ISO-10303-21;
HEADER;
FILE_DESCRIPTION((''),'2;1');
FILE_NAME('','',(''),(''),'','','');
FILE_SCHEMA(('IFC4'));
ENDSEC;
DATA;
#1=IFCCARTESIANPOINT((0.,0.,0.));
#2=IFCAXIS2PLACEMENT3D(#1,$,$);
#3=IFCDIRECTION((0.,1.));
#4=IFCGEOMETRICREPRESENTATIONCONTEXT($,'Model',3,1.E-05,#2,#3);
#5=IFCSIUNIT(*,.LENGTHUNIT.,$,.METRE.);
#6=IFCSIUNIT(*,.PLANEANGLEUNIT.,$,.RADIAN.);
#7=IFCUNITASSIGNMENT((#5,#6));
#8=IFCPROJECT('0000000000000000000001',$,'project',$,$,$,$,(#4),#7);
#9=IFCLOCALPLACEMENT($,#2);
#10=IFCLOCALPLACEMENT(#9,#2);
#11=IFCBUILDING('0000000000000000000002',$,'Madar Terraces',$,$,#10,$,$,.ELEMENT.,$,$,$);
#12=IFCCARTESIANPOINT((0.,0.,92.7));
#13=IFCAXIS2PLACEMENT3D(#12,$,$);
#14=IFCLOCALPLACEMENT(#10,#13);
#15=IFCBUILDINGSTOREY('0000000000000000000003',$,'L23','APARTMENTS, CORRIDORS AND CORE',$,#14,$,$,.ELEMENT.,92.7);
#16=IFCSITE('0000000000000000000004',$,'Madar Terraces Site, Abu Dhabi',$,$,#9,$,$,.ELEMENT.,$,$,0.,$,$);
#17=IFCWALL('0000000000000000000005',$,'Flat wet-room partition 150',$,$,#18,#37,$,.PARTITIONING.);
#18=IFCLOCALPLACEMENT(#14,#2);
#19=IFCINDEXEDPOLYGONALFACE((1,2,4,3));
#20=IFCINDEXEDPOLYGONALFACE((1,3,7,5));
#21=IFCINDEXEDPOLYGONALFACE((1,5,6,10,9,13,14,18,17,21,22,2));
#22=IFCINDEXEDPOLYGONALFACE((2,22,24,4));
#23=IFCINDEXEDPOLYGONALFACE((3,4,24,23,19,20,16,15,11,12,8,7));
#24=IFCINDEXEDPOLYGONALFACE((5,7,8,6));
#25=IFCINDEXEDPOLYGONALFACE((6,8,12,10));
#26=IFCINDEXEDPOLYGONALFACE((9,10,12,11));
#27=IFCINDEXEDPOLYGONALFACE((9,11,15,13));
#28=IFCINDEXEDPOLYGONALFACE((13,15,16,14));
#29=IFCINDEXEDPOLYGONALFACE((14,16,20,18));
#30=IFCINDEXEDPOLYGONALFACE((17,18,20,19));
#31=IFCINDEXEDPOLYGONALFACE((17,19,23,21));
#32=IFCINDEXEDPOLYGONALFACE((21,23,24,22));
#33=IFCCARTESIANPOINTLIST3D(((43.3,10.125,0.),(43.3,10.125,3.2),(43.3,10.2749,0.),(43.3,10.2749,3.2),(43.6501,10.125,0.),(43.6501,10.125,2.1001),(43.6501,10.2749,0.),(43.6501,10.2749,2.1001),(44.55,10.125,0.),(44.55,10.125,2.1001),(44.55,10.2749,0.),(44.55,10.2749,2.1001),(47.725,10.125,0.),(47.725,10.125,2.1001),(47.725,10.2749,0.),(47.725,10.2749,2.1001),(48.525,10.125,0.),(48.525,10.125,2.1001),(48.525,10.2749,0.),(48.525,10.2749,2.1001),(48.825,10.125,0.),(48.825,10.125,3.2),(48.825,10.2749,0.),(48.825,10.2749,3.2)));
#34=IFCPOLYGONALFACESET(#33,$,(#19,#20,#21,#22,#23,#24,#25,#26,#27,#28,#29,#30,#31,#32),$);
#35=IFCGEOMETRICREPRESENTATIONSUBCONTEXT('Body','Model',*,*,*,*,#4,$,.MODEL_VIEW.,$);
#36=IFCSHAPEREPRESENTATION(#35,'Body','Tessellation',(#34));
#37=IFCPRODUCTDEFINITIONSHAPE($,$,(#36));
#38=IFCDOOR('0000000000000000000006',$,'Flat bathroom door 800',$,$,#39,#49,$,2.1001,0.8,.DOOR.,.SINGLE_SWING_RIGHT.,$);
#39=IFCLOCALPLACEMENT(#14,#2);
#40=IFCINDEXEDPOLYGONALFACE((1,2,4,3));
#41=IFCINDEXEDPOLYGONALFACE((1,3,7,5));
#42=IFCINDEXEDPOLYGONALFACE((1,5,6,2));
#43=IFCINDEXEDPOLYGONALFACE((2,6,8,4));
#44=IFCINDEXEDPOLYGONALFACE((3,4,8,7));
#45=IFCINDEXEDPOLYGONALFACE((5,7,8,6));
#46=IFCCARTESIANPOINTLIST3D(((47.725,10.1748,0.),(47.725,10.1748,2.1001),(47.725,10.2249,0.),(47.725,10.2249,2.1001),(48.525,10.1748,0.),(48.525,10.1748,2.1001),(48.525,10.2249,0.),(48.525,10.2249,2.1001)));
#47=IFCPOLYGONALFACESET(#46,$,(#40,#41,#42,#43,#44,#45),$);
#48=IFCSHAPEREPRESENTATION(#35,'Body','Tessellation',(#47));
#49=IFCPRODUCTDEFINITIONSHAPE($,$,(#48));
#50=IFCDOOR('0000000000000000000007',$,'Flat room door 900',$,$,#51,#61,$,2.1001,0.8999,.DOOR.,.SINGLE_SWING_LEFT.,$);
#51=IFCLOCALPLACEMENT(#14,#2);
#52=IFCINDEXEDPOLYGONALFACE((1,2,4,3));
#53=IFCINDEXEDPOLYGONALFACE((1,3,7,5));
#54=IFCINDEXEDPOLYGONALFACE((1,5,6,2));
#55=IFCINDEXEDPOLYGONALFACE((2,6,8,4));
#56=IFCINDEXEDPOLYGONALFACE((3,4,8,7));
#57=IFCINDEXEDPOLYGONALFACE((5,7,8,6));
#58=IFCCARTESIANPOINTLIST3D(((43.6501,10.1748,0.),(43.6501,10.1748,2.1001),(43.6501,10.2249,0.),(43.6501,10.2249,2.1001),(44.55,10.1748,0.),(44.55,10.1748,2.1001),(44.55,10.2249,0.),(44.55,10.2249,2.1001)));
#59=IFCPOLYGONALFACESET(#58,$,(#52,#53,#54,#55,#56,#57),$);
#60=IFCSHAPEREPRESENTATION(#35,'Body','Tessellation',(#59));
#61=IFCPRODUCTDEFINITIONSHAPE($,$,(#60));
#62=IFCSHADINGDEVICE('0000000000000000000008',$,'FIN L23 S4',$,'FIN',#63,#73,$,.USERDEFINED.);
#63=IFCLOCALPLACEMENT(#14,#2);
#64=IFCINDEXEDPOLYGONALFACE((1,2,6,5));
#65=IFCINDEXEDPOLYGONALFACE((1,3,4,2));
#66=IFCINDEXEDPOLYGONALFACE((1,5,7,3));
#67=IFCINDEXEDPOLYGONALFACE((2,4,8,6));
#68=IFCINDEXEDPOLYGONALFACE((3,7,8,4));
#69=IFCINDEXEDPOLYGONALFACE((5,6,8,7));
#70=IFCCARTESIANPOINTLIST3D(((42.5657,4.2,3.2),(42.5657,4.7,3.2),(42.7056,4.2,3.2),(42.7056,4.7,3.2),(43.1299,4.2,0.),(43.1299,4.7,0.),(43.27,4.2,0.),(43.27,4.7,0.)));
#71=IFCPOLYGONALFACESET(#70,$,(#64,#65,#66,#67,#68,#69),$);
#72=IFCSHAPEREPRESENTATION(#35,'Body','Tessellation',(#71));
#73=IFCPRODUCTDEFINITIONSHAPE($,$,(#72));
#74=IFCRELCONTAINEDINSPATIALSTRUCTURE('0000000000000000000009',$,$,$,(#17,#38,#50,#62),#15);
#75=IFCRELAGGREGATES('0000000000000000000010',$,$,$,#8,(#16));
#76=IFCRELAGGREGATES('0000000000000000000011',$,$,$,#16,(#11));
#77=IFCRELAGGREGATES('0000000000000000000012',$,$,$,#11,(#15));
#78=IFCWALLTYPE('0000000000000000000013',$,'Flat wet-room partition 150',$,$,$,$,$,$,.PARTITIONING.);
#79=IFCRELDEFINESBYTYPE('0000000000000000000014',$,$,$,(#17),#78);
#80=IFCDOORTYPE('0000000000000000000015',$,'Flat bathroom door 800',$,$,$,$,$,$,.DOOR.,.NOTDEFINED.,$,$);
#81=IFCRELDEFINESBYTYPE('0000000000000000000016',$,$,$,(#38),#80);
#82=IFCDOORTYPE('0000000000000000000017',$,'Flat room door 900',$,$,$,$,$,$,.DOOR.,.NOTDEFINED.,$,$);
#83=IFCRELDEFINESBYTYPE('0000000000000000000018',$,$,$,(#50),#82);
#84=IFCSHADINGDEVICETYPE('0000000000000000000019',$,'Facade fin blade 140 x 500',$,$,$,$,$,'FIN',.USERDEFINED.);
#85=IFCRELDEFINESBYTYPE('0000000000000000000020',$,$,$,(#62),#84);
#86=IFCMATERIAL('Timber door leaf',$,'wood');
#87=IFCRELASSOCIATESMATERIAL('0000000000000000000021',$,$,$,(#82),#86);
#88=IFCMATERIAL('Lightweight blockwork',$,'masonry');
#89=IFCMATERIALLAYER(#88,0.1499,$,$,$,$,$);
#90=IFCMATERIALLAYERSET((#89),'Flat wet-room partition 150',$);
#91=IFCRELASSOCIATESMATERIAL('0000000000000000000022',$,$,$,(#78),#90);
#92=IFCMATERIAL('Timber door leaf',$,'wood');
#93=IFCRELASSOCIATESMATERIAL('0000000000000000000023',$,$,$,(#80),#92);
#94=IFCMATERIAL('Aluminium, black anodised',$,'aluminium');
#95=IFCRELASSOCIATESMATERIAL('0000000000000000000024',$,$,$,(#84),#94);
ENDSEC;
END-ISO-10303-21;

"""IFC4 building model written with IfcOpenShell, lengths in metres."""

from ifc_helpers import new_model, si_unit, direction, frame, frame_2d, origin, place, context, subcontext, project, spatial, polyline, rectangle, outline, extrude, material, layer, layer_set, type_object, element, fill, save


model = new_model("IFC4")

# Units and contexts
model_context = context("Model", 3, precision=1e-05, world=origin(), true_north=direction((0.0, 1.0)))
body_context = subcontext(model_context, "Body", "Model", "MODEL_VIEW")
ifc_project = project(units=[si_unit("LENGTHUNIT", "METRE"), si_unit("PLANEANGLEUNIT", "RADIAN")], contexts=[model_context])

# Site, building, storey
site_placement = place(None, origin())
site = spatial("IfcSite", under=ifc_project, at=site_placement, Name="Madar Terraces Site, Abu Dhabi", CompositionType="ELEMENT", RefElevation=0.0)
building_placement = place(site_placement, origin())
building = spatial("IfcBuilding", under=site, at=building_placement, Name="Madar Terraces", CompositionType="ELEMENT")
storey_placement = place(building_placement, frame((0.0, 0.0, 92.7)))
storey = spatial("IfcBuildingStorey", under=building, at=storey_placement, Name="L23", Description="APARTMENTS, CORRIDORS AND CORE", CompositionType="ELEMENT", Elevation=92.7)

# Shared definitions
ifc_material_1 = material(Name="Timber door leaf", Category="wood")
door_type_1 = type_object("IfcDoorType", Name="Flat room door 900", OperationType="NOTDEFINED", PredefinedType="DOOR", material=ifc_material_1)

# Shared definitions
ifc_material_2 = material(Name="Lightweight blockwork", Category="masonry")
ifc_layer_1 = layer(ifc_material_2, 0.1499)
ifc_layer_set_1 = layer_set([ifc_layer_1], Name="Flat wet-room partition 150")
wall_type_1 = type_object("IfcWallType", Name="Flat wet-room partition 150", PredefinedType="PARTITIONING", material=ifc_layer_set_1)

# Wall, openings, doors
wall_1_placement = place(storey_placement, frame((43.3, 10.2, 0.0), z_axis=(0.0, 0.0, 1.0), x_axis=(1.0, 0.0, 0.0)))
wall_1 = element("IfcWall", 1, at=wall_1_placement, inside=storey, type_object=wall_type_1, Name="Flat wet-room partition 150", PredefinedType="PARTITIONING", context=body_context, shape_type="SweptSolid", body=[
    extrude(rectangle(XDim=5.5249, YDim=0.1499, at=frame_2d((2.7625, 0.0))), origin(), (0.0, 0.0, 1.0), 3.2),
])
opening_1_placement = place(wall_1_placement, frame((4.425, 0.0, 0.0)))
opening_1 = element("IfcOpeningElement", 2, at=opening_1_placement, cuts=wall_1, PredefinedType="OPENING", context=body_context, shape_type="SweptSolid", body=[
    extrude(rectangle(XDim=0.8, YDim=2.1001, at=frame_2d((0.3999, 1.05))), frame((0.0, 0.085, 0.0), z_axis=(0.0, -1.0, 0.0), x_axis=(1.0, 0.0, 0.0)), (0.0, 0.0, 1.0), 0.1699),
])
opening_2_placement = place(wall_1_placement, frame((0.3501, 0.0, 0.0)))
opening_2 = element("IfcOpeningElement", 3, at=opening_2_placement, cuts=wall_1, PredefinedType="OPENING", context=body_context, shape_type="SweptSolid", body=[
    extrude(rectangle(XDim=0.8999, YDim=2.1001, at=frame_2d((0.45, 1.05))), frame((0.0, 0.085, 0.0), z_axis=(0.0, -1.0, 0.0), x_axis=(1.0, 0.0, 0.0)), (0.0, 0.0, 1.0), 0.1699),
])
ifc_material_3 = material(Name="Timber door leaf", Category="wood")
door_type_2 = type_object("IfcDoorType", Name="Flat bathroom door 800", OperationType="NOTDEFINED", PredefinedType="DOOR", material=ifc_material_3)
door_1_placement = place(opening_1_placement, origin())
door_1 = element("IfcDoor", 4, at=door_1_placement, inside=storey, type_object=door_type_2, Name="Flat bathroom door 800", OperationType="SINGLE_SWING_RIGHT", OverallHeight=2.1001, OverallWidth=0.8, PredefinedType="DOOR", context=body_context, shape_type="SweptSolid", body=[
    extrude(rectangle(XDim=0.8, YDim=2.1001, at=frame_2d((0.3999, 1.05))), frame((0.0, 0.0249, 0.0), z_axis=(0.0, -1.0, 0.0), x_axis=(1.0, 0.0, 0.0)), (0.0, 0.0, 1.0), 0.05),
])
fill(opening_1, door_1)
door_2_placement = place(opening_2_placement, origin())
door_2 = element("IfcDoor", 5, at=door_2_placement, inside=storey, type_object=door_type_1, Name="Flat room door 900", OperationType="SINGLE_SWING_LEFT", OverallHeight=2.1001, OverallWidth=0.8999, PredefinedType="DOOR", context=body_context, shape_type="SweptSolid", body=[
    extrude(rectangle(XDim=0.8999, YDim=2.1001, at=frame_2d((0.45, 1.05))), frame((0.0, 0.0249, 0.0), z_axis=(0.0, -1.0, 0.0), x_axis=(1.0, 0.0, 0.0)), (0.0, 0.0, 1.0), 0.05),
])
fill(opening_2, door_2)

# Shading device
ifc_material_4 = material(Name="Aluminium, black anodised", Category="aluminium")
shading_device_type = type_object("IfcShadingDeviceType", Name="Facade fin blade 140 x 500", ElementType="FIN", PredefinedType="USERDEFINED", material=ifc_material_4)
shading_device_placement = place(storey_placement, frame((43.1299, 4.45, 0.0), z_axis=(0.0, 0.0, 1.0), x_axis=(1.0, 0.0, 0.0)))
element("IfcShadingDevice", 6, at=shading_device_placement, inside=storey, type_object=shading_device_type, Name="FIN L23 S4", ObjectType="FIN", PredefinedType="USERDEFINED", context=body_context, shape_type="SweptSolid", body=[
    extrude(outline(polyline([(0.0, 0.0), (0.1401, 0.0), (-0.4243, 3.2), (-0.5642, 3.2), (0.0, 0.0)])), frame((0.0, 0.25, 0.0), z_axis=(0.0, -1.0, 0.0), x_axis=(1.0, 0.0, 0.0)), (0.0, 0.0, 1.0), 0.5),
])

save(model, "model.ifc")
